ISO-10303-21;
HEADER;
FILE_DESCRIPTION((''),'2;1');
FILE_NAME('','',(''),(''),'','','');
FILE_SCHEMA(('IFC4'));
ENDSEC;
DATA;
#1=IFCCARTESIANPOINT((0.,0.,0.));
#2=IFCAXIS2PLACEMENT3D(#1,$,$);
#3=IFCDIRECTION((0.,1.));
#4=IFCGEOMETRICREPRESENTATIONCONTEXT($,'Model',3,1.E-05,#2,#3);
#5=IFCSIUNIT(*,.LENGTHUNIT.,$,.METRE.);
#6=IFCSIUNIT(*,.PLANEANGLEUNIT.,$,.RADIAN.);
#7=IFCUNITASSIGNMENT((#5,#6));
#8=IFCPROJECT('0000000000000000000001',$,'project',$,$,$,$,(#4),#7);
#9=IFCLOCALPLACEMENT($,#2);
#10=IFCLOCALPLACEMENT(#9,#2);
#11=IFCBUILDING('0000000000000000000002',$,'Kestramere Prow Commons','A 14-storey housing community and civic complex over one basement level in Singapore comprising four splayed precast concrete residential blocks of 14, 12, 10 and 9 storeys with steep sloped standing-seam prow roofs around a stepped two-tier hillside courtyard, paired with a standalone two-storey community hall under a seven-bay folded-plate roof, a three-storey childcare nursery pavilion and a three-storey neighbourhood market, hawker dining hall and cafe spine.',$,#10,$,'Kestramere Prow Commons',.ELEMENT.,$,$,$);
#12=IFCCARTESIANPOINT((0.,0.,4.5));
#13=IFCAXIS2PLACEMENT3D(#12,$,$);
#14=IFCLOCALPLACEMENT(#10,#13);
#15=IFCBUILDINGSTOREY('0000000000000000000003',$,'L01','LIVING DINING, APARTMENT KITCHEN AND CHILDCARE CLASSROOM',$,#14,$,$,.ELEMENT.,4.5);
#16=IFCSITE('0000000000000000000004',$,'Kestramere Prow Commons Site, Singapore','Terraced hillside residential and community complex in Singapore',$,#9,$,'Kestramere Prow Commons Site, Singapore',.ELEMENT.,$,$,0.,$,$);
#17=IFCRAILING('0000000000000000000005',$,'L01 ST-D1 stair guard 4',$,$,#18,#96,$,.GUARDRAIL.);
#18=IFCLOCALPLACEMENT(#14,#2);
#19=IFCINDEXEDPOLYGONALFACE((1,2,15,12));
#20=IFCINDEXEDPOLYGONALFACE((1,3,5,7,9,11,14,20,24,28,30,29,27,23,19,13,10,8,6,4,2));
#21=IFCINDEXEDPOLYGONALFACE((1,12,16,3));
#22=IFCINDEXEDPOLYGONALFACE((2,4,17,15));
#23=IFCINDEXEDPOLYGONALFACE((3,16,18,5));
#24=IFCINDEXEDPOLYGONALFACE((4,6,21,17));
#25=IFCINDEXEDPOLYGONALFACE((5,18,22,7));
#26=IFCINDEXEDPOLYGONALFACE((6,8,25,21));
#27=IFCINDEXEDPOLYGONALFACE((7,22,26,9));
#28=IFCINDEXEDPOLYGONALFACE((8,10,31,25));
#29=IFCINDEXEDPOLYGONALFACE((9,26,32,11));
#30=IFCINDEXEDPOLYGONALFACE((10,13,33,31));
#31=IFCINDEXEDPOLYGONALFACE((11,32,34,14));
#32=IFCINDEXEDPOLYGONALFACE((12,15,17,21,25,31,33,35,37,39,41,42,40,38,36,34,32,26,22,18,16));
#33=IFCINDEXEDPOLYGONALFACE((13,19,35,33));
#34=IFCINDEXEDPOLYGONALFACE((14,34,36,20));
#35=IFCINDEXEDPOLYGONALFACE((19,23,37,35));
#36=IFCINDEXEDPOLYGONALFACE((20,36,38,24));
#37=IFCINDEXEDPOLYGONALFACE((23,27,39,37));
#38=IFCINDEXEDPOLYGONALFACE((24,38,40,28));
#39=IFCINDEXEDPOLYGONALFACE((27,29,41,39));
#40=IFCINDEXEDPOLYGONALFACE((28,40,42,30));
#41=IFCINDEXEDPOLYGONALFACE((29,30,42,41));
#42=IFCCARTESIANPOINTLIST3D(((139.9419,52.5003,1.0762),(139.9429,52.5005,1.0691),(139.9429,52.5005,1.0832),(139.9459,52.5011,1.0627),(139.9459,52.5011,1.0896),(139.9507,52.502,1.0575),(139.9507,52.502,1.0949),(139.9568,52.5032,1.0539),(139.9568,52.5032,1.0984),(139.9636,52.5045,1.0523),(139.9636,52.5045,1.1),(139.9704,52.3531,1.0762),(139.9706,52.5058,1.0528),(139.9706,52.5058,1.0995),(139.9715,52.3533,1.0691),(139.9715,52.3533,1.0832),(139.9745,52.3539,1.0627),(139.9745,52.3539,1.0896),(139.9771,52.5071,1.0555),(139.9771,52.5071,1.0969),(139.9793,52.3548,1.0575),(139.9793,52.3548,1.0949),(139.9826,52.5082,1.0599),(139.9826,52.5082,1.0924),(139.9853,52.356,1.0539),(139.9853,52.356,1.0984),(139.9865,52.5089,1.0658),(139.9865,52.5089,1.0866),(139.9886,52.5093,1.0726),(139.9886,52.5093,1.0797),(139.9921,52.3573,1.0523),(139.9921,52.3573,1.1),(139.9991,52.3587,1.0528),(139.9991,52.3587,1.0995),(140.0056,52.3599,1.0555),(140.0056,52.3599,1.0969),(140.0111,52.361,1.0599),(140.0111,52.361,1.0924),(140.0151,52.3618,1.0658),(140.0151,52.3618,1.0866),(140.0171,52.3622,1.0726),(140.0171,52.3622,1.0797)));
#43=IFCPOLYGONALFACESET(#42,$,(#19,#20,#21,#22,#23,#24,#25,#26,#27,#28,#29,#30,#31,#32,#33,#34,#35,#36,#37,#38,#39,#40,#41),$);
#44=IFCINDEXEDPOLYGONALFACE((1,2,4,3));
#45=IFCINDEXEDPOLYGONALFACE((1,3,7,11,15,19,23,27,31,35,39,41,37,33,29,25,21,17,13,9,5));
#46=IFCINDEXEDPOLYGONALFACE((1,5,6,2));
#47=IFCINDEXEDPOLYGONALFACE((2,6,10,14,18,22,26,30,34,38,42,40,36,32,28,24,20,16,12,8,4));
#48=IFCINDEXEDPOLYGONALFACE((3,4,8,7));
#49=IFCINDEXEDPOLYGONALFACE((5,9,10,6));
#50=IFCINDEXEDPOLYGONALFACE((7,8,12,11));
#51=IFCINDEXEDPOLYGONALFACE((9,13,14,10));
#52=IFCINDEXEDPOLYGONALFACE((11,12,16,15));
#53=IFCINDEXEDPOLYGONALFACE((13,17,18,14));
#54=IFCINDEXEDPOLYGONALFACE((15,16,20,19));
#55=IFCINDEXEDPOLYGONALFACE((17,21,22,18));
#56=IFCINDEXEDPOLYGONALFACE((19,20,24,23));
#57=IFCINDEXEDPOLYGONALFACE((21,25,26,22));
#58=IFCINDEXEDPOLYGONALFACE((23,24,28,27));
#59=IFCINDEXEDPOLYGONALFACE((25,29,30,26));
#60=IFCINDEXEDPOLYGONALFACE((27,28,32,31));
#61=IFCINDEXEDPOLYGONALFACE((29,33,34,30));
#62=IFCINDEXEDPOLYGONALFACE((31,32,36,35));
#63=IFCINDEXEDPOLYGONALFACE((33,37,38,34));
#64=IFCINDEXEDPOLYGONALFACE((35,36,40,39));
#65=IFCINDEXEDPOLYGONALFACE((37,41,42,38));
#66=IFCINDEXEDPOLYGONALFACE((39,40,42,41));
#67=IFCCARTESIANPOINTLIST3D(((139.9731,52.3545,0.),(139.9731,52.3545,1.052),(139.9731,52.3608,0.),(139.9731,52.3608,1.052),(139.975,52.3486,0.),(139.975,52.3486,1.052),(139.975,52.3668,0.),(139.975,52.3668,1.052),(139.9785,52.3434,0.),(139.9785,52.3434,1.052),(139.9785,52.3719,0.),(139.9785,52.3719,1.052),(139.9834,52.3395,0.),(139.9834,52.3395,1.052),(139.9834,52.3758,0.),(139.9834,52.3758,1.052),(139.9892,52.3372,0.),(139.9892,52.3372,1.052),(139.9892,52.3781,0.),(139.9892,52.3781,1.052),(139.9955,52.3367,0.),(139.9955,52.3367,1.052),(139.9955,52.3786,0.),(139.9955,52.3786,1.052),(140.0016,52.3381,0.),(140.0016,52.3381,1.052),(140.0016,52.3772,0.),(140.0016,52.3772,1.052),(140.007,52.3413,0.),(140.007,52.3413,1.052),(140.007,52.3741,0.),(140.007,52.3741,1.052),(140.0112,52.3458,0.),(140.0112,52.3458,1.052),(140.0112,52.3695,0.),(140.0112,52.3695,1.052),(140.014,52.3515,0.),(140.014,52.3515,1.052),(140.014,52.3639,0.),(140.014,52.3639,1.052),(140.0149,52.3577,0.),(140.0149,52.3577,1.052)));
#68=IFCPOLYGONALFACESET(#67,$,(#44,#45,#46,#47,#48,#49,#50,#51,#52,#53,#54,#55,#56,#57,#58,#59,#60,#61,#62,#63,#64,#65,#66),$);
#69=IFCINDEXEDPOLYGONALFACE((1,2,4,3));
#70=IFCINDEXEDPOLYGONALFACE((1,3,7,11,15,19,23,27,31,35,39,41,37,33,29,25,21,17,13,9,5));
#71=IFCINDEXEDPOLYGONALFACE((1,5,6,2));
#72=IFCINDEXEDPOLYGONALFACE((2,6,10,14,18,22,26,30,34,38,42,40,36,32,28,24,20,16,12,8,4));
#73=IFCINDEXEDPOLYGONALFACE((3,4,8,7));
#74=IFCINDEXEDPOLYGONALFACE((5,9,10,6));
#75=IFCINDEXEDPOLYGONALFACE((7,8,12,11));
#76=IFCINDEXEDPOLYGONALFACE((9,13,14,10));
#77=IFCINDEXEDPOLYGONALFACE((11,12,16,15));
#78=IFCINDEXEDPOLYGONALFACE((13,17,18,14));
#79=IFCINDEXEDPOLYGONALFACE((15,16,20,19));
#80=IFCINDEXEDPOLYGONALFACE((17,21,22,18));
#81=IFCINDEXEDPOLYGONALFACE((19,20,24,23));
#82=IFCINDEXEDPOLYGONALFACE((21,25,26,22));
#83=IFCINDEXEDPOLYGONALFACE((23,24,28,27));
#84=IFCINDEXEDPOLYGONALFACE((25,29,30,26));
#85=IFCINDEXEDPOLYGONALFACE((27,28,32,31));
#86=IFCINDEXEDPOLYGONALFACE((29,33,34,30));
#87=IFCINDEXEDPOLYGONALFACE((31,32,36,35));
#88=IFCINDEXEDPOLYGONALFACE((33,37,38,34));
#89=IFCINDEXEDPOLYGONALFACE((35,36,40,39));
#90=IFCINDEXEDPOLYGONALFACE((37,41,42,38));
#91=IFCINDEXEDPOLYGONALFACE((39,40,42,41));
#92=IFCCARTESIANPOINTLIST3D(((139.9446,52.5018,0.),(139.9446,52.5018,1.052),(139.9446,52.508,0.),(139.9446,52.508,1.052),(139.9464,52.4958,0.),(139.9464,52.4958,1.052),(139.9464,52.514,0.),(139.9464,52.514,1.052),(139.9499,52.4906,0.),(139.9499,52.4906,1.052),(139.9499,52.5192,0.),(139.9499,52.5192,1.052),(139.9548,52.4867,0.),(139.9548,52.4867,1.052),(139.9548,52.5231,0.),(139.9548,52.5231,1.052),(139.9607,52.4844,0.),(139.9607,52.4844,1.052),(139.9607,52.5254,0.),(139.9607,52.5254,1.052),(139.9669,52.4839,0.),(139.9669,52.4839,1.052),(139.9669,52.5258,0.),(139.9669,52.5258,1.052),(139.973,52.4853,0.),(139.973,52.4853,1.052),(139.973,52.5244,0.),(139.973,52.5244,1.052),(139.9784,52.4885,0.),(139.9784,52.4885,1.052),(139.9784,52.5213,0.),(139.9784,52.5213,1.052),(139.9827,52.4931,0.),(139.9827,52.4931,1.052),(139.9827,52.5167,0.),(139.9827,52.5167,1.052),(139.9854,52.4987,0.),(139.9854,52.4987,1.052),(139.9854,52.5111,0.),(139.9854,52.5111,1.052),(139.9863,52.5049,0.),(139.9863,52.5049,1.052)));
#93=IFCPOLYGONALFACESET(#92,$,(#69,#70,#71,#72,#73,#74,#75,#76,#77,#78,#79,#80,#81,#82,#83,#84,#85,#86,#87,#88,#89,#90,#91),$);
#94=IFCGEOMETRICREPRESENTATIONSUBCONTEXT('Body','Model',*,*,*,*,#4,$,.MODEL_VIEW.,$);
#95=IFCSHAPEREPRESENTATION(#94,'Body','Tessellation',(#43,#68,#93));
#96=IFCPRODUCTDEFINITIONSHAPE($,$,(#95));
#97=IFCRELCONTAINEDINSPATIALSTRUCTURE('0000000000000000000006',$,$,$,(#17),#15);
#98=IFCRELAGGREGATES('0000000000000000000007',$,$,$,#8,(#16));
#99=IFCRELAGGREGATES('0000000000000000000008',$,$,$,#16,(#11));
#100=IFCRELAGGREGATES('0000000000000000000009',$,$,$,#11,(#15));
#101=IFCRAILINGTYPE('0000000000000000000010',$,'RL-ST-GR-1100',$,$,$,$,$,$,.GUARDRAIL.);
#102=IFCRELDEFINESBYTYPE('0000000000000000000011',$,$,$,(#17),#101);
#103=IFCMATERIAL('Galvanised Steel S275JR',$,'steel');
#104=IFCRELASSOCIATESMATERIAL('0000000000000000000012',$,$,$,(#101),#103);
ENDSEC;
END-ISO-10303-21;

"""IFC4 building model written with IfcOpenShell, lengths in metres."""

from ifc_helpers import new_model, si_unit, direction, frame, origin, origin_2d, place, context, subcontext, project, spatial, circle, extrude, material, type_object, element, save


model = new_model("IFC4")

# Units and contexts
model_context = context("Model", 3, precision=1e-05, world=origin(), true_north=direction((0.0, 1.0)))
body_context = subcontext(model_context, "Body", "Model", "MODEL_VIEW")
ifc_project = project(units=[si_unit("LENGTHUNIT", "METRE"), si_unit("PLANEANGLEUNIT", "RADIAN")], contexts=[model_context])

# Site, building, storey
site_placement = place(None, origin())
site = spatial("IfcSite", under=ifc_project, at=site_placement, Name="Kestramere Prow Commons Site, Singapore", Description="Terraced hillside residential and community complex in Singapore", LongName="Kestramere Prow Commons Site, Singapore", CompositionType="ELEMENT", RefElevation=0.0)
building_placement = place(site_placement, origin())
building = spatial("IfcBuilding", under=site, at=building_placement, Name="Kestramere Prow Commons", Description="A 14-storey housing community and civic complex over one basement level in Singapore comprising four splayed precast concrete residential blocks of 14, 12, 10 and 9 storeys with steep sloped standing-seam prow roofs around a stepped two-tier hillside courtyard, paired with a standalone two-storey community hall under a seven-bay folded-plate roof, a three-storey childcare nursery pavilion and a three-storey neighbourhood market, hawker dining hall and cafe spine.", LongName="Kestramere Prow Commons", CompositionType="ELEMENT")
storey_placement = place(building_placement, frame((0.0, 0.0, 4.5)))
storey = spatial("IfcBuildingStorey", under=building, at=storey_placement, Name="L01", Description="LIVING DINING, APARTMENT KITCHEN AND CHILDCARE CLASSROOM", CompositionType="ELEMENT", Elevation=4.5)

# Railing
ifc_material_1 = material(Name="Galvanised Steel S275JR", Category="steel")
railing_type_1 = type_object("IfcRailingType", Name="RL-ST-GR-1100", PredefinedType="GUARDRAIL", material=ifc_material_1)
railing_1_placement = place(storey_placement, frame((139.9939, 52.3577, 0.0)))
element("IfcRailing", 1, at=railing_1_placement, inside=storey, type_object=railing_type_1, Name="L01 ST-D1 stair guard 4", PredefinedType="GUARDRAIL", context=body_context, shape_type="SweptSolid", body=[
    extrude(circle(Radius=0.0239, at=origin_2d()), frame((0.0, 0.0, 1.0762), z_axis=(-0.190477, 0.981692, 0.0), x_axis=(-0.981692, -0.190477, 0.0)), (0.0, 0.0, 1.0), 0.1499),
    extrude(circle(Radius=0.021, at=origin_2d()), origin(), (0.0, 0.0, 1.0), 1.052),
    extrude(circle(Radius=0.021, at=origin_2d()), frame((-0.0286, 0.1472, 0.0)), (0.0, 0.0, 1.0), 1.052),
])

save(model, "model.ifc")
